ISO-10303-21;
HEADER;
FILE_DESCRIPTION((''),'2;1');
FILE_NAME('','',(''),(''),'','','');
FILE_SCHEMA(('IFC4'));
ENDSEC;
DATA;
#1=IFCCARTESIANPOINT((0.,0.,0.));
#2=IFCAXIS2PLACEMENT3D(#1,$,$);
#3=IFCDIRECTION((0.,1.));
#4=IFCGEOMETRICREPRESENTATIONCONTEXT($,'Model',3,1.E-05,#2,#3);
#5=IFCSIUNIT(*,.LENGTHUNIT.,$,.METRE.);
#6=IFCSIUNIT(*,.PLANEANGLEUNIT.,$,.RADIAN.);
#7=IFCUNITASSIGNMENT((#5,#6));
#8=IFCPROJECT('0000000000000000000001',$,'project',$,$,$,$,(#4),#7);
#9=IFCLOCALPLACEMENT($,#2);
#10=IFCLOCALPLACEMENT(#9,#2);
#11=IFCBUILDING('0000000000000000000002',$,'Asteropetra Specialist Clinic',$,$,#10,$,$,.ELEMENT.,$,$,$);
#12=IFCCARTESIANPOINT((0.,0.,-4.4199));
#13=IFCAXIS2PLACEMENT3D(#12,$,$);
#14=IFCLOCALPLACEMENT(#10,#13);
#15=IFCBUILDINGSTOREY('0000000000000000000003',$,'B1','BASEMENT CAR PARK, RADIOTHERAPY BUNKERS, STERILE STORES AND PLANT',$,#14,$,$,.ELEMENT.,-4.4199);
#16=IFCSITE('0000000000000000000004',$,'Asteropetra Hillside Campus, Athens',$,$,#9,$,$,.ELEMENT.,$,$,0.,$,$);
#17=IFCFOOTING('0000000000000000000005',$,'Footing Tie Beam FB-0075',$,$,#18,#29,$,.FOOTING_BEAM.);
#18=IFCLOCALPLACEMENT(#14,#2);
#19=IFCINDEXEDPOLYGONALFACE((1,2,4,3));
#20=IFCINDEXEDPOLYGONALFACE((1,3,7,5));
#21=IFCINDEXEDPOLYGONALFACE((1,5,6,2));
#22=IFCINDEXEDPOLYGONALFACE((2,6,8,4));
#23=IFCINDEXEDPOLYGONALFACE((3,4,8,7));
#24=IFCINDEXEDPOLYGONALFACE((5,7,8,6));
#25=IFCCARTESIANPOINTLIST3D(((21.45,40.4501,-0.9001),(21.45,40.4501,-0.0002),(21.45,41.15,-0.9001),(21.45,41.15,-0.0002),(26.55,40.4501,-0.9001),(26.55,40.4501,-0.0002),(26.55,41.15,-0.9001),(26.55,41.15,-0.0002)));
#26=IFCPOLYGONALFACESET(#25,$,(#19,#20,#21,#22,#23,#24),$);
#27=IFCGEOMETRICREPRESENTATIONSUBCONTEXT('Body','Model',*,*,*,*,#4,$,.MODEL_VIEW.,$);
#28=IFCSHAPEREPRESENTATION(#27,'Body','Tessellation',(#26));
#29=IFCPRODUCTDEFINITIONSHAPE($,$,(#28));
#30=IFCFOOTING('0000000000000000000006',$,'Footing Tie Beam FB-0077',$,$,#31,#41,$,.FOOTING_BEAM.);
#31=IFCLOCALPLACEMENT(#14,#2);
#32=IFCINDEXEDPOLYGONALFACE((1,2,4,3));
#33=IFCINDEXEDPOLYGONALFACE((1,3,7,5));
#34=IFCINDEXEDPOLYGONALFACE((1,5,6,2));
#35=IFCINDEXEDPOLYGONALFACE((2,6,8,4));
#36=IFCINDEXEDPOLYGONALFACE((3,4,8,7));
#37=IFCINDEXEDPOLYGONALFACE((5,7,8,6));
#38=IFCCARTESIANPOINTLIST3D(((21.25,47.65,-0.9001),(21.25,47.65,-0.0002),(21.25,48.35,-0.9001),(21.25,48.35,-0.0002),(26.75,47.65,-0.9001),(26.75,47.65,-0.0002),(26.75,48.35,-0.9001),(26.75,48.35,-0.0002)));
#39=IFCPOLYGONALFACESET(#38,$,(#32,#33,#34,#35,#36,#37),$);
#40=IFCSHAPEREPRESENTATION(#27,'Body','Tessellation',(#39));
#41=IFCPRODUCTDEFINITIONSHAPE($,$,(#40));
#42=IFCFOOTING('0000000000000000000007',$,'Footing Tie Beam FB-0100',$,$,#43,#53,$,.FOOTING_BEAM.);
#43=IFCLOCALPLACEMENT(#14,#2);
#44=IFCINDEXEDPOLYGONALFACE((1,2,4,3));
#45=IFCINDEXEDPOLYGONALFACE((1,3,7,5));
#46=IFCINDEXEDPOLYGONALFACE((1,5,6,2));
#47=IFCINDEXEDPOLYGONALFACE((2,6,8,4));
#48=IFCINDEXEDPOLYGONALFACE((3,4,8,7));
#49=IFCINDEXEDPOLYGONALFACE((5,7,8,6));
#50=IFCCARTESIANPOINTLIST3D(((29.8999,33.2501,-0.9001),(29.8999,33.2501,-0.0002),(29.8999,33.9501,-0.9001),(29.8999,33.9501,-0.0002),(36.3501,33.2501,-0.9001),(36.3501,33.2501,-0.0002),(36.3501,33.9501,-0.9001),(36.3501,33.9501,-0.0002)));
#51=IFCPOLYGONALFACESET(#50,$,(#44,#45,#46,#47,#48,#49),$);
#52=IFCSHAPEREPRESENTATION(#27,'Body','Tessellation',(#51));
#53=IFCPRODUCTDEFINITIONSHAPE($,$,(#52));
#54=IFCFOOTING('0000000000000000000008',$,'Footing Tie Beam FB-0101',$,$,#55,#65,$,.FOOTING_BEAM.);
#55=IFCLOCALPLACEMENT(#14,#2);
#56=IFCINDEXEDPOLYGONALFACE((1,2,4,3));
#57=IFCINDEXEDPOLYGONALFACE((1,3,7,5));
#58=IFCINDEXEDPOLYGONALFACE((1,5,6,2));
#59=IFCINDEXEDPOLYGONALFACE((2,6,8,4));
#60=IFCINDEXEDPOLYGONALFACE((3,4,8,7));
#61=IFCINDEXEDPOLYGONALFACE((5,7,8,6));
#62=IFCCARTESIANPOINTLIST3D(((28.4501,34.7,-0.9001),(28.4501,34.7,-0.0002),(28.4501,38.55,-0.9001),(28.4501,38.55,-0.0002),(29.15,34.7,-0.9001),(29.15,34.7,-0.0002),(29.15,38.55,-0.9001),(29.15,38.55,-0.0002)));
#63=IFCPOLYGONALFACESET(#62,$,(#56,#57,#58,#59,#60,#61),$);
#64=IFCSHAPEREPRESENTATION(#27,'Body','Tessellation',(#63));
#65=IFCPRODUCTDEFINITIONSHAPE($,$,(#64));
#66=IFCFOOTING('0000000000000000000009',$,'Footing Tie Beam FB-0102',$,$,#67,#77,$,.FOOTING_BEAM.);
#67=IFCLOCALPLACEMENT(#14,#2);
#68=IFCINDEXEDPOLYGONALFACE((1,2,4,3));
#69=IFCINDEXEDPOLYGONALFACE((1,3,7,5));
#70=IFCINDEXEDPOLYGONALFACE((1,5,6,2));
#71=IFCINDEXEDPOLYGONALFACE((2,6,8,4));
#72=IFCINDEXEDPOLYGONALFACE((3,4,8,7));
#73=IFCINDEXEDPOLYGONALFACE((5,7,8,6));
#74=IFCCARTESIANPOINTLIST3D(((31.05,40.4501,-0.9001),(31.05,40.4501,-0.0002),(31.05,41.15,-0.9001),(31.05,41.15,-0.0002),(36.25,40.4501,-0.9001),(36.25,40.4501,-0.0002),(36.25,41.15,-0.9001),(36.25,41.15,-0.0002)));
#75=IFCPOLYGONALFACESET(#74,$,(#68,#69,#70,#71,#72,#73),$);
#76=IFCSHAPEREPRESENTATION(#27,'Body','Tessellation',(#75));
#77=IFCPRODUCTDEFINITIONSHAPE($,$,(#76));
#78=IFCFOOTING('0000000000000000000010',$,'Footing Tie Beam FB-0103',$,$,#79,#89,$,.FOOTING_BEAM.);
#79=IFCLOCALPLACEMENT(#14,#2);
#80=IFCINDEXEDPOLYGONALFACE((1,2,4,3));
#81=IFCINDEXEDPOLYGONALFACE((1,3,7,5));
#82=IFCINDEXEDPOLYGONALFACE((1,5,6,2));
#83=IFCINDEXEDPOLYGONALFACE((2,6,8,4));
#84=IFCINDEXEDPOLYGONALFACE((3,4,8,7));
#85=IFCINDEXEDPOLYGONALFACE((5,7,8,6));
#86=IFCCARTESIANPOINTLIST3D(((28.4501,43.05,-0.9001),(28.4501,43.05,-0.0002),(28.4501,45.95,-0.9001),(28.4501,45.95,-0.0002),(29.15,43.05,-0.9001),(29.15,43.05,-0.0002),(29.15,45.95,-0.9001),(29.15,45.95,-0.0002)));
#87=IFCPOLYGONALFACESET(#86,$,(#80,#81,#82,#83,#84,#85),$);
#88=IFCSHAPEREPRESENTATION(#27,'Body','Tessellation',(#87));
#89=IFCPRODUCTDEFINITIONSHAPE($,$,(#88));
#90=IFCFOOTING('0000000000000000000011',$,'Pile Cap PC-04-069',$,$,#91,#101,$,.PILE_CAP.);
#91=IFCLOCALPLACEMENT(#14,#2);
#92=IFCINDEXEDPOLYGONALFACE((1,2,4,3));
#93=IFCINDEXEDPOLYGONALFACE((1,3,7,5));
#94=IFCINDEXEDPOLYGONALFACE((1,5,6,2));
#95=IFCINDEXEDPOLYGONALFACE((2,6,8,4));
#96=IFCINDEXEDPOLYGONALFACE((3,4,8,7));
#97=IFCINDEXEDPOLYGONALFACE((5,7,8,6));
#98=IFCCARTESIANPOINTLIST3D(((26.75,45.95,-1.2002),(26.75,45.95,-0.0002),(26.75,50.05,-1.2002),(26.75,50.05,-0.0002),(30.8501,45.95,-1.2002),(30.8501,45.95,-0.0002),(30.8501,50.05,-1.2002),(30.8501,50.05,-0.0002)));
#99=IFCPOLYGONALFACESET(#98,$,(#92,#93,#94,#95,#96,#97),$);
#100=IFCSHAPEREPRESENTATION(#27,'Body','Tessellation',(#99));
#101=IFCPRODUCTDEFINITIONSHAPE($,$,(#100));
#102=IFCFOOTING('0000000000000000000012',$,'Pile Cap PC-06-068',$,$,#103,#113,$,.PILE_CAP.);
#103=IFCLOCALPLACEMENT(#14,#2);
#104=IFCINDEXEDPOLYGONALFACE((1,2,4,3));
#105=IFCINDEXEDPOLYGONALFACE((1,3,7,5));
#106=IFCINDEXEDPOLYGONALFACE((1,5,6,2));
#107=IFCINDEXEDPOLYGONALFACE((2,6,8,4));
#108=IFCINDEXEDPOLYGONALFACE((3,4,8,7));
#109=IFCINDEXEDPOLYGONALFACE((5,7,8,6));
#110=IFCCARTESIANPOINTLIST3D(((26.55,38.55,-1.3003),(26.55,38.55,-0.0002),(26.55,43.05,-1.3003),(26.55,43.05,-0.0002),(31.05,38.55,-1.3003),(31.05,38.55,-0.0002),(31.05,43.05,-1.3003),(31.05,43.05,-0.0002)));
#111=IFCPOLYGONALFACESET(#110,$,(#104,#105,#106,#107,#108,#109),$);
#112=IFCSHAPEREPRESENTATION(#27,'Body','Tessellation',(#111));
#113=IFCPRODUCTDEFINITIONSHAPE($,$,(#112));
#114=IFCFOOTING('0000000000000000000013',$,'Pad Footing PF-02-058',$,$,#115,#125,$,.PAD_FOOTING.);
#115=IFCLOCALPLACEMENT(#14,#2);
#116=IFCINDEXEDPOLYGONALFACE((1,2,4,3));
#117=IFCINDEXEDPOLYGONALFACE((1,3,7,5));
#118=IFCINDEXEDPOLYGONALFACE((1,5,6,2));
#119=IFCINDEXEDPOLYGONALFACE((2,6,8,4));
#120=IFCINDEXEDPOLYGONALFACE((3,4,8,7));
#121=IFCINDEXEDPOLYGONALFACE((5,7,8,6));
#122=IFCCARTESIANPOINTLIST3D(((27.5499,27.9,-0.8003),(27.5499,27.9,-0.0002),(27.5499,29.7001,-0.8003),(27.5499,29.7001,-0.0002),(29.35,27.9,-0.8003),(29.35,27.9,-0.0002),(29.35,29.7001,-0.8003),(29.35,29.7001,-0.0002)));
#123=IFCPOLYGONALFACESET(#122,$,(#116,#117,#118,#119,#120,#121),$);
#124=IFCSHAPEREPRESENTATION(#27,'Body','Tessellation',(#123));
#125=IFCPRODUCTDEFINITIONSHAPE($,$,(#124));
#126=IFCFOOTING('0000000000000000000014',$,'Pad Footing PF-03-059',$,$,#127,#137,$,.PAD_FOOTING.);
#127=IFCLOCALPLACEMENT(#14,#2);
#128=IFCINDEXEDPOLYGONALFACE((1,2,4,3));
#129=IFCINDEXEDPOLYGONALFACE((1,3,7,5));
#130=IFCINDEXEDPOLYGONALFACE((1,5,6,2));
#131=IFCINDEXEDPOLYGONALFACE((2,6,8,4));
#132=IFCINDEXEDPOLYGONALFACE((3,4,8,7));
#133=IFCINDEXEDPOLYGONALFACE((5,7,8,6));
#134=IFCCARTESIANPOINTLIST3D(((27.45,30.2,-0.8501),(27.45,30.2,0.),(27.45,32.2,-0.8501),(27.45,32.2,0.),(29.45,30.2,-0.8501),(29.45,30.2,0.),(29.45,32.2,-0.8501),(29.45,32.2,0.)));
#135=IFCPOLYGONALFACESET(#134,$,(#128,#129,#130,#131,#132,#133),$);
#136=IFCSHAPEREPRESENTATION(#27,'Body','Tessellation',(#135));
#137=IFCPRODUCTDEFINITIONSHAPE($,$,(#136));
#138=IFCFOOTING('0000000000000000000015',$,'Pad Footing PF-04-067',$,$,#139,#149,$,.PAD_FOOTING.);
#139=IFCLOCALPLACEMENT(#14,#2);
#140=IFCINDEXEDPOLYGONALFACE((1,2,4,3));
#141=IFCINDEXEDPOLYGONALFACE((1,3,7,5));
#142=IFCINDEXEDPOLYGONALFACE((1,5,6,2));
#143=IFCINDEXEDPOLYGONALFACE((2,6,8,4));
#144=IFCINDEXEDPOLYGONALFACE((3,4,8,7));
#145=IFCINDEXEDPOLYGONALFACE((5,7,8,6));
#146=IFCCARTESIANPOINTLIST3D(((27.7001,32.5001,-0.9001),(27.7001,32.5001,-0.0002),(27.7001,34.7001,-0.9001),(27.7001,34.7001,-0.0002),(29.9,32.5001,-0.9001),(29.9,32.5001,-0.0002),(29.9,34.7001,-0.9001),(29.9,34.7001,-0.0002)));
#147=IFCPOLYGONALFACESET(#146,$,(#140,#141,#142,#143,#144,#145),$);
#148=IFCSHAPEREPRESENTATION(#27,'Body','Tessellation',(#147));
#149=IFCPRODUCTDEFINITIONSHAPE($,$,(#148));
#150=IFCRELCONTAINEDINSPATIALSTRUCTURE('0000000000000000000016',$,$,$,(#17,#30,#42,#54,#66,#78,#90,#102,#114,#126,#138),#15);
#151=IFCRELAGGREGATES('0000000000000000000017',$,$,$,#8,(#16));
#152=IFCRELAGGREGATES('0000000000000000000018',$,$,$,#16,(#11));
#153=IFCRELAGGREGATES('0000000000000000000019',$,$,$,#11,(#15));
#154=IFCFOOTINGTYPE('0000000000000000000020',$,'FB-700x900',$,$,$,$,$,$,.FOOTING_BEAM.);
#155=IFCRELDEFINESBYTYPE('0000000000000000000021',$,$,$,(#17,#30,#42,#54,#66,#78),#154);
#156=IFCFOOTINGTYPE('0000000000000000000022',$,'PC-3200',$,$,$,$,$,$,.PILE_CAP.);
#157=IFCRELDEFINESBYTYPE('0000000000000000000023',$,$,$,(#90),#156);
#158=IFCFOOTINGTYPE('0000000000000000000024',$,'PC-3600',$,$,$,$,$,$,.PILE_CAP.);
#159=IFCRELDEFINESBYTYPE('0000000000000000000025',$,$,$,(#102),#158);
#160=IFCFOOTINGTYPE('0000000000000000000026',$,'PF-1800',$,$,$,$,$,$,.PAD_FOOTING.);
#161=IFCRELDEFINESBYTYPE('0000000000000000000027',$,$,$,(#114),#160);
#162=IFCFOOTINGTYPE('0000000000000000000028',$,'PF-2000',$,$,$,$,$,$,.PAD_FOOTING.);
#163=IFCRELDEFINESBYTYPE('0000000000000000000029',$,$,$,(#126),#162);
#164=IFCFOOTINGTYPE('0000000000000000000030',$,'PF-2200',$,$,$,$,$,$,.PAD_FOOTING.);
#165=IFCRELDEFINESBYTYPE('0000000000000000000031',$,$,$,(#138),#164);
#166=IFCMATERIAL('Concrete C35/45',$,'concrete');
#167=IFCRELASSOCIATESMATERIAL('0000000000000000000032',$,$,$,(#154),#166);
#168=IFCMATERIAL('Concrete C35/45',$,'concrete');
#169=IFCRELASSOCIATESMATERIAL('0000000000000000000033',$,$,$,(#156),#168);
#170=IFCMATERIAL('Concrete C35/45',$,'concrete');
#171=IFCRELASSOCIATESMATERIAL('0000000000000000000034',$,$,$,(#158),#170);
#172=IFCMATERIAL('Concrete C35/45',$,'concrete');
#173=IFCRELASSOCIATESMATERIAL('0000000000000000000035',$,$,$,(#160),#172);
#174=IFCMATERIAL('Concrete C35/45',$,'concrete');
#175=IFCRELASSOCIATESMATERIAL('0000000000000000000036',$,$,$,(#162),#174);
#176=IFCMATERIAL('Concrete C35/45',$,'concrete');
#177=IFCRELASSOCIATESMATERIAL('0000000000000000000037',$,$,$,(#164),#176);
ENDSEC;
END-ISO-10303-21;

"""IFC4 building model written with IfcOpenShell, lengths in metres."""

from ifc_helpers import new_model, si_unit, direction, frame, origin, origin_2d, place, context, subcontext, project, spatial, rectangle, extrude, material, material_profile, profile_set, type_object, element, save


model = new_model("IFC4")

# Units and contexts
model_context = context("Model", 3, precision=1e-05, world=origin(), true_north=direction((0.0, 1.0)))
body_context = subcontext(model_context, "Body", "Model", "MODEL_VIEW")
ifc_project = project(units=[si_unit("LENGTHUNIT", "METRE"), si_unit("PLANEANGLEUNIT", "RADIAN")], contexts=[model_context])

# Site, building, storey
site_placement = place(None, origin())
site = spatial("IfcSite", under=ifc_project, at=site_placement, Name="Asteropetra Hillside Campus, Athens", CompositionType="ELEMENT", RefElevation=0.0)
building_placement = place(site_placement, origin())
building = spatial("IfcBuilding", under=site, at=building_placement, Name="Asteropetra Specialist Clinic", CompositionType="ELEMENT")
storey_placement = place(building_placement, frame((0.0, 0.0, -4.4199)))
storey = spatial("IfcBuildingStorey", under=building, at=storey_placement, Name="B1", Description="BASEMENT CAR PARK, RADIOTHERAPY BUNKERS, STERILE STORES AND PLANT", CompositionType="ELEMENT", Elevation=-4.4199)

# Footings
ifc_material_1 = material(Name="Concrete C35/45", Category="concrete")
ifc_material_profile_1 = material_profile(ifc_material_1, rectangle(XDim=0.7, YDim=0.8999, at=origin_2d()), Name="FB 700x900")
ifc_profile_set_1 = profile_set([ifc_material_profile_1], Name="Concrete C35/45")
footing_type_1 = type_object("IfcFootingType", Name="FB-700x900", PredefinedType="FOOTING_BEAM", material=ifc_profile_set_1)
footing_1_placement = place(storey_placement, frame((21.45, 40.8, -0.4502), z_axis=(1.0, 0.0, 0.0), x_axis=(0.0, 1.0, 0.0)))
element("IfcFooting", 1, at=footing_1_placement, inside=storey, type_object=footing_type_1, Name="Footing Tie Beam FB-0075", PredefinedType="FOOTING_BEAM", context=body_context, shape_type="SweptSolid", body=[
    extrude(rectangle(XDim=0.7, YDim=0.8999, at=origin_2d()), origin(), (0.0, 0.0, 1.0), 5.1001),
])
footing_2_placement = place(storey_placement, frame((21.25, 48.0, -0.4502), z_axis=(1.0, 0.0, 0.0), x_axis=(0.0, 1.0, 0.0)))
element("IfcFooting", 2, at=footing_2_placement, inside=storey, type_object=footing_type_1, Name="Footing Tie Beam FB-0077", PredefinedType="FOOTING_BEAM", context=body_context, shape_type="SweptSolid", body=[
    extrude(rectangle(XDim=0.7, YDim=0.8999, at=origin_2d()), origin(), (0.0, 0.0, 1.0), 5.5),
])
footing_3_placement = place(storey_placement, frame((29.8999, 33.6001, -0.4502), z_axis=(1.0, 0.0, 0.0), x_axis=(0.0, 1.0, 0.0)))
element("IfcFooting", 3, at=footing_3_placement, inside=storey, type_object=footing_type_1, Name="Footing Tie Beam FB-0100", PredefinedType="FOOTING_BEAM", context=body_context, shape_type="SweptSolid", body=[
    extrude(rectangle(XDim=0.7, YDim=0.8999, at=origin_2d()), origin(), (0.0, 0.0, 1.0), 6.4502),
])
footing_4_placement = place(storey_placement, frame((28.8, 34.7, -0.4502), z_axis=(0.0, 1.0, 0.0), x_axis=(-1.0, 0.0, 0.0)))
element("IfcFooting", 4, at=footing_4_placement, inside=storey, type_object=footing_type_1, Name="Footing Tie Beam FB-0101", PredefinedType="FOOTING_BEAM", context=body_context, shape_type="SweptSolid", body=[
    extrude(rectangle(XDim=0.7, YDim=0.8999, at=origin_2d()), origin(), (0.0, 0.0, 1.0), 3.8501),
])
footing_5_placement = place(storey_placement, frame((31.05, 40.8, -0.4502), z_axis=(1.0, 0.0, 0.0), x_axis=(0.0, 1.0, 0.0)))
element("IfcFooting", 5, at=footing_5_placement, inside=storey, type_object=footing_type_1, Name="Footing Tie Beam FB-0102", PredefinedType="FOOTING_BEAM", context=body_context, shape_type="SweptSolid", body=[
    extrude(rectangle(XDim=0.7, YDim=0.8999, at=origin_2d()), origin(), (0.0, 0.0, 1.0), 5.2),
])
footing_6_placement = place(storey_placement, frame((28.8, 43.05, -0.4502), z_axis=(0.0, 1.0, 0.0), x_axis=(-1.0, 0.0, 0.0)))
element("IfcFooting", 6, at=footing_6_placement, inside=storey, type_object=footing_type_1, Name="Footing Tie Beam FB-0103", PredefinedType="FOOTING_BEAM", context=body_context, shape_type="SweptSolid", body=[
    extrude(rectangle(XDim=0.7, YDim=0.8999, at=origin_2d()), origin(), (0.0, 0.0, 1.0), 2.8999),
])
ifc_material_2 = material(Name="Concrete C35/45", Category="concrete")
footing_type_2 = type_object("IfcFootingType", Name="PC-3200", PredefinedType="PILE_CAP", material=ifc_material_2)
footing_7_placement = place(storey_placement, frame((28.8, 48.0, -1.2002), z_axis=(0.0, 0.0, 1.0), x_axis=(1.0, 0.0, 0.0)))
element("IfcFooting", 7, at=footing_7_placement, inside=storey, type_object=footing_type_2, Name="Pile Cap PC-04-069", PredefinedType="PILE_CAP", context=body_context, shape_type="SweptSolid", body=[
    extrude(rectangle(XDim=4.1001, YDim=4.1001, at=origin_2d()), origin(), (0.0, 0.0, 1.0), 1.2),
])
ifc_material_3 = material(Name="Concrete C35/45", Category="concrete")
footing_type_3 = type_object("IfcFootingType", Name="PC-3600", PredefinedType="PILE_CAP", material=ifc_material_3)
footing_8_placement = place(storey_placement, frame((28.8, 40.8, -1.3003), z_axis=(0.0, 0.0, 1.0), x_axis=(1.0, 0.0, 0.0)))
element("IfcFooting", 8, at=footing_8_placement, inside=storey, type_object=footing_type_3, Name="Pile Cap PC-06-068", PredefinedType="PILE_CAP", context=body_context, shape_type="SweptSolid", body=[
    extrude(rectangle(XDim=4.5, YDim=4.5, at=origin_2d()), origin(), (0.0, 0.0, 1.0), 1.3),
])
ifc_material_4 = material(Name="Concrete C35/45", Category="concrete")
footing_type_4 = type_object("IfcFootingType", Name="PF-1800", PredefinedType="PAD_FOOTING", material=ifc_material_4)
footing_9_placement = place(storey_placement, frame((28.45, 28.8, -0.8003), z_axis=(0.0, 0.0, 1.0), x_axis=(1.0, 0.0, 0.0)))
element("IfcFooting", 9, at=footing_9_placement, inside=storey, type_object=footing_type_4, Name="Pad Footing PF-02-058", PredefinedType="PAD_FOOTING", context=body_context, shape_type="SweptSolid", body=[
    extrude(rectangle(XDim=1.8, YDim=1.8, at=origin_2d()), origin(), (0.0, 0.0, 1.0), 0.8),
])
ifc_material_5 = material(Name="Concrete C35/45", Category="concrete")
footing_type_5 = type_object("IfcFootingType", Name="PF-2000", PredefinedType="PAD_FOOTING", material=ifc_material_5)
footing_10_placement = place(storey_placement, frame((28.45, 31.2, -0.8501), z_axis=(0.0, 0.0, 1.0), x_axis=(1.0, 0.0, 0.0)))
element("IfcFooting", 10, at=footing_10_placement, inside=storey, type_object=footing_type_5, Name="Pad Footing PF-03-059", PredefinedType="PAD_FOOTING", context=body_context, shape_type="SweptSolid", body=[
    extrude(rectangle(XDim=2.0, YDim=2.0, at=origin_2d()), origin(), (0.0, 0.0, 1.0), 0.8501),
])
ifc_material_6 = material(Name="Concrete C35/45", Category="concrete")
footing_type_6 = type_object("IfcFootingType", Name="PF-2200", PredefinedType="PAD_FOOTING", material=ifc_material_6)
footing_11_placement = place(storey_placement, frame((28.8, 33.6001, -0.9001), z_axis=(0.0, 0.0, 1.0), x_axis=(1.0, 0.0, 0.0)))
element("IfcFooting", 11, at=footing_11_placement, inside=storey, type_object=footing_type_6, Name="Pad Footing PF-04-067", PredefinedType="PAD_FOOTING", context=body_context, shape_type="SweptSolid", body=[
    extrude(rectangle(XDim=2.2, YDim=2.2, at=origin_2d()), origin(), (0.0, 0.0, 1.0), 0.8999),
])

save(model, "model.ifc")
